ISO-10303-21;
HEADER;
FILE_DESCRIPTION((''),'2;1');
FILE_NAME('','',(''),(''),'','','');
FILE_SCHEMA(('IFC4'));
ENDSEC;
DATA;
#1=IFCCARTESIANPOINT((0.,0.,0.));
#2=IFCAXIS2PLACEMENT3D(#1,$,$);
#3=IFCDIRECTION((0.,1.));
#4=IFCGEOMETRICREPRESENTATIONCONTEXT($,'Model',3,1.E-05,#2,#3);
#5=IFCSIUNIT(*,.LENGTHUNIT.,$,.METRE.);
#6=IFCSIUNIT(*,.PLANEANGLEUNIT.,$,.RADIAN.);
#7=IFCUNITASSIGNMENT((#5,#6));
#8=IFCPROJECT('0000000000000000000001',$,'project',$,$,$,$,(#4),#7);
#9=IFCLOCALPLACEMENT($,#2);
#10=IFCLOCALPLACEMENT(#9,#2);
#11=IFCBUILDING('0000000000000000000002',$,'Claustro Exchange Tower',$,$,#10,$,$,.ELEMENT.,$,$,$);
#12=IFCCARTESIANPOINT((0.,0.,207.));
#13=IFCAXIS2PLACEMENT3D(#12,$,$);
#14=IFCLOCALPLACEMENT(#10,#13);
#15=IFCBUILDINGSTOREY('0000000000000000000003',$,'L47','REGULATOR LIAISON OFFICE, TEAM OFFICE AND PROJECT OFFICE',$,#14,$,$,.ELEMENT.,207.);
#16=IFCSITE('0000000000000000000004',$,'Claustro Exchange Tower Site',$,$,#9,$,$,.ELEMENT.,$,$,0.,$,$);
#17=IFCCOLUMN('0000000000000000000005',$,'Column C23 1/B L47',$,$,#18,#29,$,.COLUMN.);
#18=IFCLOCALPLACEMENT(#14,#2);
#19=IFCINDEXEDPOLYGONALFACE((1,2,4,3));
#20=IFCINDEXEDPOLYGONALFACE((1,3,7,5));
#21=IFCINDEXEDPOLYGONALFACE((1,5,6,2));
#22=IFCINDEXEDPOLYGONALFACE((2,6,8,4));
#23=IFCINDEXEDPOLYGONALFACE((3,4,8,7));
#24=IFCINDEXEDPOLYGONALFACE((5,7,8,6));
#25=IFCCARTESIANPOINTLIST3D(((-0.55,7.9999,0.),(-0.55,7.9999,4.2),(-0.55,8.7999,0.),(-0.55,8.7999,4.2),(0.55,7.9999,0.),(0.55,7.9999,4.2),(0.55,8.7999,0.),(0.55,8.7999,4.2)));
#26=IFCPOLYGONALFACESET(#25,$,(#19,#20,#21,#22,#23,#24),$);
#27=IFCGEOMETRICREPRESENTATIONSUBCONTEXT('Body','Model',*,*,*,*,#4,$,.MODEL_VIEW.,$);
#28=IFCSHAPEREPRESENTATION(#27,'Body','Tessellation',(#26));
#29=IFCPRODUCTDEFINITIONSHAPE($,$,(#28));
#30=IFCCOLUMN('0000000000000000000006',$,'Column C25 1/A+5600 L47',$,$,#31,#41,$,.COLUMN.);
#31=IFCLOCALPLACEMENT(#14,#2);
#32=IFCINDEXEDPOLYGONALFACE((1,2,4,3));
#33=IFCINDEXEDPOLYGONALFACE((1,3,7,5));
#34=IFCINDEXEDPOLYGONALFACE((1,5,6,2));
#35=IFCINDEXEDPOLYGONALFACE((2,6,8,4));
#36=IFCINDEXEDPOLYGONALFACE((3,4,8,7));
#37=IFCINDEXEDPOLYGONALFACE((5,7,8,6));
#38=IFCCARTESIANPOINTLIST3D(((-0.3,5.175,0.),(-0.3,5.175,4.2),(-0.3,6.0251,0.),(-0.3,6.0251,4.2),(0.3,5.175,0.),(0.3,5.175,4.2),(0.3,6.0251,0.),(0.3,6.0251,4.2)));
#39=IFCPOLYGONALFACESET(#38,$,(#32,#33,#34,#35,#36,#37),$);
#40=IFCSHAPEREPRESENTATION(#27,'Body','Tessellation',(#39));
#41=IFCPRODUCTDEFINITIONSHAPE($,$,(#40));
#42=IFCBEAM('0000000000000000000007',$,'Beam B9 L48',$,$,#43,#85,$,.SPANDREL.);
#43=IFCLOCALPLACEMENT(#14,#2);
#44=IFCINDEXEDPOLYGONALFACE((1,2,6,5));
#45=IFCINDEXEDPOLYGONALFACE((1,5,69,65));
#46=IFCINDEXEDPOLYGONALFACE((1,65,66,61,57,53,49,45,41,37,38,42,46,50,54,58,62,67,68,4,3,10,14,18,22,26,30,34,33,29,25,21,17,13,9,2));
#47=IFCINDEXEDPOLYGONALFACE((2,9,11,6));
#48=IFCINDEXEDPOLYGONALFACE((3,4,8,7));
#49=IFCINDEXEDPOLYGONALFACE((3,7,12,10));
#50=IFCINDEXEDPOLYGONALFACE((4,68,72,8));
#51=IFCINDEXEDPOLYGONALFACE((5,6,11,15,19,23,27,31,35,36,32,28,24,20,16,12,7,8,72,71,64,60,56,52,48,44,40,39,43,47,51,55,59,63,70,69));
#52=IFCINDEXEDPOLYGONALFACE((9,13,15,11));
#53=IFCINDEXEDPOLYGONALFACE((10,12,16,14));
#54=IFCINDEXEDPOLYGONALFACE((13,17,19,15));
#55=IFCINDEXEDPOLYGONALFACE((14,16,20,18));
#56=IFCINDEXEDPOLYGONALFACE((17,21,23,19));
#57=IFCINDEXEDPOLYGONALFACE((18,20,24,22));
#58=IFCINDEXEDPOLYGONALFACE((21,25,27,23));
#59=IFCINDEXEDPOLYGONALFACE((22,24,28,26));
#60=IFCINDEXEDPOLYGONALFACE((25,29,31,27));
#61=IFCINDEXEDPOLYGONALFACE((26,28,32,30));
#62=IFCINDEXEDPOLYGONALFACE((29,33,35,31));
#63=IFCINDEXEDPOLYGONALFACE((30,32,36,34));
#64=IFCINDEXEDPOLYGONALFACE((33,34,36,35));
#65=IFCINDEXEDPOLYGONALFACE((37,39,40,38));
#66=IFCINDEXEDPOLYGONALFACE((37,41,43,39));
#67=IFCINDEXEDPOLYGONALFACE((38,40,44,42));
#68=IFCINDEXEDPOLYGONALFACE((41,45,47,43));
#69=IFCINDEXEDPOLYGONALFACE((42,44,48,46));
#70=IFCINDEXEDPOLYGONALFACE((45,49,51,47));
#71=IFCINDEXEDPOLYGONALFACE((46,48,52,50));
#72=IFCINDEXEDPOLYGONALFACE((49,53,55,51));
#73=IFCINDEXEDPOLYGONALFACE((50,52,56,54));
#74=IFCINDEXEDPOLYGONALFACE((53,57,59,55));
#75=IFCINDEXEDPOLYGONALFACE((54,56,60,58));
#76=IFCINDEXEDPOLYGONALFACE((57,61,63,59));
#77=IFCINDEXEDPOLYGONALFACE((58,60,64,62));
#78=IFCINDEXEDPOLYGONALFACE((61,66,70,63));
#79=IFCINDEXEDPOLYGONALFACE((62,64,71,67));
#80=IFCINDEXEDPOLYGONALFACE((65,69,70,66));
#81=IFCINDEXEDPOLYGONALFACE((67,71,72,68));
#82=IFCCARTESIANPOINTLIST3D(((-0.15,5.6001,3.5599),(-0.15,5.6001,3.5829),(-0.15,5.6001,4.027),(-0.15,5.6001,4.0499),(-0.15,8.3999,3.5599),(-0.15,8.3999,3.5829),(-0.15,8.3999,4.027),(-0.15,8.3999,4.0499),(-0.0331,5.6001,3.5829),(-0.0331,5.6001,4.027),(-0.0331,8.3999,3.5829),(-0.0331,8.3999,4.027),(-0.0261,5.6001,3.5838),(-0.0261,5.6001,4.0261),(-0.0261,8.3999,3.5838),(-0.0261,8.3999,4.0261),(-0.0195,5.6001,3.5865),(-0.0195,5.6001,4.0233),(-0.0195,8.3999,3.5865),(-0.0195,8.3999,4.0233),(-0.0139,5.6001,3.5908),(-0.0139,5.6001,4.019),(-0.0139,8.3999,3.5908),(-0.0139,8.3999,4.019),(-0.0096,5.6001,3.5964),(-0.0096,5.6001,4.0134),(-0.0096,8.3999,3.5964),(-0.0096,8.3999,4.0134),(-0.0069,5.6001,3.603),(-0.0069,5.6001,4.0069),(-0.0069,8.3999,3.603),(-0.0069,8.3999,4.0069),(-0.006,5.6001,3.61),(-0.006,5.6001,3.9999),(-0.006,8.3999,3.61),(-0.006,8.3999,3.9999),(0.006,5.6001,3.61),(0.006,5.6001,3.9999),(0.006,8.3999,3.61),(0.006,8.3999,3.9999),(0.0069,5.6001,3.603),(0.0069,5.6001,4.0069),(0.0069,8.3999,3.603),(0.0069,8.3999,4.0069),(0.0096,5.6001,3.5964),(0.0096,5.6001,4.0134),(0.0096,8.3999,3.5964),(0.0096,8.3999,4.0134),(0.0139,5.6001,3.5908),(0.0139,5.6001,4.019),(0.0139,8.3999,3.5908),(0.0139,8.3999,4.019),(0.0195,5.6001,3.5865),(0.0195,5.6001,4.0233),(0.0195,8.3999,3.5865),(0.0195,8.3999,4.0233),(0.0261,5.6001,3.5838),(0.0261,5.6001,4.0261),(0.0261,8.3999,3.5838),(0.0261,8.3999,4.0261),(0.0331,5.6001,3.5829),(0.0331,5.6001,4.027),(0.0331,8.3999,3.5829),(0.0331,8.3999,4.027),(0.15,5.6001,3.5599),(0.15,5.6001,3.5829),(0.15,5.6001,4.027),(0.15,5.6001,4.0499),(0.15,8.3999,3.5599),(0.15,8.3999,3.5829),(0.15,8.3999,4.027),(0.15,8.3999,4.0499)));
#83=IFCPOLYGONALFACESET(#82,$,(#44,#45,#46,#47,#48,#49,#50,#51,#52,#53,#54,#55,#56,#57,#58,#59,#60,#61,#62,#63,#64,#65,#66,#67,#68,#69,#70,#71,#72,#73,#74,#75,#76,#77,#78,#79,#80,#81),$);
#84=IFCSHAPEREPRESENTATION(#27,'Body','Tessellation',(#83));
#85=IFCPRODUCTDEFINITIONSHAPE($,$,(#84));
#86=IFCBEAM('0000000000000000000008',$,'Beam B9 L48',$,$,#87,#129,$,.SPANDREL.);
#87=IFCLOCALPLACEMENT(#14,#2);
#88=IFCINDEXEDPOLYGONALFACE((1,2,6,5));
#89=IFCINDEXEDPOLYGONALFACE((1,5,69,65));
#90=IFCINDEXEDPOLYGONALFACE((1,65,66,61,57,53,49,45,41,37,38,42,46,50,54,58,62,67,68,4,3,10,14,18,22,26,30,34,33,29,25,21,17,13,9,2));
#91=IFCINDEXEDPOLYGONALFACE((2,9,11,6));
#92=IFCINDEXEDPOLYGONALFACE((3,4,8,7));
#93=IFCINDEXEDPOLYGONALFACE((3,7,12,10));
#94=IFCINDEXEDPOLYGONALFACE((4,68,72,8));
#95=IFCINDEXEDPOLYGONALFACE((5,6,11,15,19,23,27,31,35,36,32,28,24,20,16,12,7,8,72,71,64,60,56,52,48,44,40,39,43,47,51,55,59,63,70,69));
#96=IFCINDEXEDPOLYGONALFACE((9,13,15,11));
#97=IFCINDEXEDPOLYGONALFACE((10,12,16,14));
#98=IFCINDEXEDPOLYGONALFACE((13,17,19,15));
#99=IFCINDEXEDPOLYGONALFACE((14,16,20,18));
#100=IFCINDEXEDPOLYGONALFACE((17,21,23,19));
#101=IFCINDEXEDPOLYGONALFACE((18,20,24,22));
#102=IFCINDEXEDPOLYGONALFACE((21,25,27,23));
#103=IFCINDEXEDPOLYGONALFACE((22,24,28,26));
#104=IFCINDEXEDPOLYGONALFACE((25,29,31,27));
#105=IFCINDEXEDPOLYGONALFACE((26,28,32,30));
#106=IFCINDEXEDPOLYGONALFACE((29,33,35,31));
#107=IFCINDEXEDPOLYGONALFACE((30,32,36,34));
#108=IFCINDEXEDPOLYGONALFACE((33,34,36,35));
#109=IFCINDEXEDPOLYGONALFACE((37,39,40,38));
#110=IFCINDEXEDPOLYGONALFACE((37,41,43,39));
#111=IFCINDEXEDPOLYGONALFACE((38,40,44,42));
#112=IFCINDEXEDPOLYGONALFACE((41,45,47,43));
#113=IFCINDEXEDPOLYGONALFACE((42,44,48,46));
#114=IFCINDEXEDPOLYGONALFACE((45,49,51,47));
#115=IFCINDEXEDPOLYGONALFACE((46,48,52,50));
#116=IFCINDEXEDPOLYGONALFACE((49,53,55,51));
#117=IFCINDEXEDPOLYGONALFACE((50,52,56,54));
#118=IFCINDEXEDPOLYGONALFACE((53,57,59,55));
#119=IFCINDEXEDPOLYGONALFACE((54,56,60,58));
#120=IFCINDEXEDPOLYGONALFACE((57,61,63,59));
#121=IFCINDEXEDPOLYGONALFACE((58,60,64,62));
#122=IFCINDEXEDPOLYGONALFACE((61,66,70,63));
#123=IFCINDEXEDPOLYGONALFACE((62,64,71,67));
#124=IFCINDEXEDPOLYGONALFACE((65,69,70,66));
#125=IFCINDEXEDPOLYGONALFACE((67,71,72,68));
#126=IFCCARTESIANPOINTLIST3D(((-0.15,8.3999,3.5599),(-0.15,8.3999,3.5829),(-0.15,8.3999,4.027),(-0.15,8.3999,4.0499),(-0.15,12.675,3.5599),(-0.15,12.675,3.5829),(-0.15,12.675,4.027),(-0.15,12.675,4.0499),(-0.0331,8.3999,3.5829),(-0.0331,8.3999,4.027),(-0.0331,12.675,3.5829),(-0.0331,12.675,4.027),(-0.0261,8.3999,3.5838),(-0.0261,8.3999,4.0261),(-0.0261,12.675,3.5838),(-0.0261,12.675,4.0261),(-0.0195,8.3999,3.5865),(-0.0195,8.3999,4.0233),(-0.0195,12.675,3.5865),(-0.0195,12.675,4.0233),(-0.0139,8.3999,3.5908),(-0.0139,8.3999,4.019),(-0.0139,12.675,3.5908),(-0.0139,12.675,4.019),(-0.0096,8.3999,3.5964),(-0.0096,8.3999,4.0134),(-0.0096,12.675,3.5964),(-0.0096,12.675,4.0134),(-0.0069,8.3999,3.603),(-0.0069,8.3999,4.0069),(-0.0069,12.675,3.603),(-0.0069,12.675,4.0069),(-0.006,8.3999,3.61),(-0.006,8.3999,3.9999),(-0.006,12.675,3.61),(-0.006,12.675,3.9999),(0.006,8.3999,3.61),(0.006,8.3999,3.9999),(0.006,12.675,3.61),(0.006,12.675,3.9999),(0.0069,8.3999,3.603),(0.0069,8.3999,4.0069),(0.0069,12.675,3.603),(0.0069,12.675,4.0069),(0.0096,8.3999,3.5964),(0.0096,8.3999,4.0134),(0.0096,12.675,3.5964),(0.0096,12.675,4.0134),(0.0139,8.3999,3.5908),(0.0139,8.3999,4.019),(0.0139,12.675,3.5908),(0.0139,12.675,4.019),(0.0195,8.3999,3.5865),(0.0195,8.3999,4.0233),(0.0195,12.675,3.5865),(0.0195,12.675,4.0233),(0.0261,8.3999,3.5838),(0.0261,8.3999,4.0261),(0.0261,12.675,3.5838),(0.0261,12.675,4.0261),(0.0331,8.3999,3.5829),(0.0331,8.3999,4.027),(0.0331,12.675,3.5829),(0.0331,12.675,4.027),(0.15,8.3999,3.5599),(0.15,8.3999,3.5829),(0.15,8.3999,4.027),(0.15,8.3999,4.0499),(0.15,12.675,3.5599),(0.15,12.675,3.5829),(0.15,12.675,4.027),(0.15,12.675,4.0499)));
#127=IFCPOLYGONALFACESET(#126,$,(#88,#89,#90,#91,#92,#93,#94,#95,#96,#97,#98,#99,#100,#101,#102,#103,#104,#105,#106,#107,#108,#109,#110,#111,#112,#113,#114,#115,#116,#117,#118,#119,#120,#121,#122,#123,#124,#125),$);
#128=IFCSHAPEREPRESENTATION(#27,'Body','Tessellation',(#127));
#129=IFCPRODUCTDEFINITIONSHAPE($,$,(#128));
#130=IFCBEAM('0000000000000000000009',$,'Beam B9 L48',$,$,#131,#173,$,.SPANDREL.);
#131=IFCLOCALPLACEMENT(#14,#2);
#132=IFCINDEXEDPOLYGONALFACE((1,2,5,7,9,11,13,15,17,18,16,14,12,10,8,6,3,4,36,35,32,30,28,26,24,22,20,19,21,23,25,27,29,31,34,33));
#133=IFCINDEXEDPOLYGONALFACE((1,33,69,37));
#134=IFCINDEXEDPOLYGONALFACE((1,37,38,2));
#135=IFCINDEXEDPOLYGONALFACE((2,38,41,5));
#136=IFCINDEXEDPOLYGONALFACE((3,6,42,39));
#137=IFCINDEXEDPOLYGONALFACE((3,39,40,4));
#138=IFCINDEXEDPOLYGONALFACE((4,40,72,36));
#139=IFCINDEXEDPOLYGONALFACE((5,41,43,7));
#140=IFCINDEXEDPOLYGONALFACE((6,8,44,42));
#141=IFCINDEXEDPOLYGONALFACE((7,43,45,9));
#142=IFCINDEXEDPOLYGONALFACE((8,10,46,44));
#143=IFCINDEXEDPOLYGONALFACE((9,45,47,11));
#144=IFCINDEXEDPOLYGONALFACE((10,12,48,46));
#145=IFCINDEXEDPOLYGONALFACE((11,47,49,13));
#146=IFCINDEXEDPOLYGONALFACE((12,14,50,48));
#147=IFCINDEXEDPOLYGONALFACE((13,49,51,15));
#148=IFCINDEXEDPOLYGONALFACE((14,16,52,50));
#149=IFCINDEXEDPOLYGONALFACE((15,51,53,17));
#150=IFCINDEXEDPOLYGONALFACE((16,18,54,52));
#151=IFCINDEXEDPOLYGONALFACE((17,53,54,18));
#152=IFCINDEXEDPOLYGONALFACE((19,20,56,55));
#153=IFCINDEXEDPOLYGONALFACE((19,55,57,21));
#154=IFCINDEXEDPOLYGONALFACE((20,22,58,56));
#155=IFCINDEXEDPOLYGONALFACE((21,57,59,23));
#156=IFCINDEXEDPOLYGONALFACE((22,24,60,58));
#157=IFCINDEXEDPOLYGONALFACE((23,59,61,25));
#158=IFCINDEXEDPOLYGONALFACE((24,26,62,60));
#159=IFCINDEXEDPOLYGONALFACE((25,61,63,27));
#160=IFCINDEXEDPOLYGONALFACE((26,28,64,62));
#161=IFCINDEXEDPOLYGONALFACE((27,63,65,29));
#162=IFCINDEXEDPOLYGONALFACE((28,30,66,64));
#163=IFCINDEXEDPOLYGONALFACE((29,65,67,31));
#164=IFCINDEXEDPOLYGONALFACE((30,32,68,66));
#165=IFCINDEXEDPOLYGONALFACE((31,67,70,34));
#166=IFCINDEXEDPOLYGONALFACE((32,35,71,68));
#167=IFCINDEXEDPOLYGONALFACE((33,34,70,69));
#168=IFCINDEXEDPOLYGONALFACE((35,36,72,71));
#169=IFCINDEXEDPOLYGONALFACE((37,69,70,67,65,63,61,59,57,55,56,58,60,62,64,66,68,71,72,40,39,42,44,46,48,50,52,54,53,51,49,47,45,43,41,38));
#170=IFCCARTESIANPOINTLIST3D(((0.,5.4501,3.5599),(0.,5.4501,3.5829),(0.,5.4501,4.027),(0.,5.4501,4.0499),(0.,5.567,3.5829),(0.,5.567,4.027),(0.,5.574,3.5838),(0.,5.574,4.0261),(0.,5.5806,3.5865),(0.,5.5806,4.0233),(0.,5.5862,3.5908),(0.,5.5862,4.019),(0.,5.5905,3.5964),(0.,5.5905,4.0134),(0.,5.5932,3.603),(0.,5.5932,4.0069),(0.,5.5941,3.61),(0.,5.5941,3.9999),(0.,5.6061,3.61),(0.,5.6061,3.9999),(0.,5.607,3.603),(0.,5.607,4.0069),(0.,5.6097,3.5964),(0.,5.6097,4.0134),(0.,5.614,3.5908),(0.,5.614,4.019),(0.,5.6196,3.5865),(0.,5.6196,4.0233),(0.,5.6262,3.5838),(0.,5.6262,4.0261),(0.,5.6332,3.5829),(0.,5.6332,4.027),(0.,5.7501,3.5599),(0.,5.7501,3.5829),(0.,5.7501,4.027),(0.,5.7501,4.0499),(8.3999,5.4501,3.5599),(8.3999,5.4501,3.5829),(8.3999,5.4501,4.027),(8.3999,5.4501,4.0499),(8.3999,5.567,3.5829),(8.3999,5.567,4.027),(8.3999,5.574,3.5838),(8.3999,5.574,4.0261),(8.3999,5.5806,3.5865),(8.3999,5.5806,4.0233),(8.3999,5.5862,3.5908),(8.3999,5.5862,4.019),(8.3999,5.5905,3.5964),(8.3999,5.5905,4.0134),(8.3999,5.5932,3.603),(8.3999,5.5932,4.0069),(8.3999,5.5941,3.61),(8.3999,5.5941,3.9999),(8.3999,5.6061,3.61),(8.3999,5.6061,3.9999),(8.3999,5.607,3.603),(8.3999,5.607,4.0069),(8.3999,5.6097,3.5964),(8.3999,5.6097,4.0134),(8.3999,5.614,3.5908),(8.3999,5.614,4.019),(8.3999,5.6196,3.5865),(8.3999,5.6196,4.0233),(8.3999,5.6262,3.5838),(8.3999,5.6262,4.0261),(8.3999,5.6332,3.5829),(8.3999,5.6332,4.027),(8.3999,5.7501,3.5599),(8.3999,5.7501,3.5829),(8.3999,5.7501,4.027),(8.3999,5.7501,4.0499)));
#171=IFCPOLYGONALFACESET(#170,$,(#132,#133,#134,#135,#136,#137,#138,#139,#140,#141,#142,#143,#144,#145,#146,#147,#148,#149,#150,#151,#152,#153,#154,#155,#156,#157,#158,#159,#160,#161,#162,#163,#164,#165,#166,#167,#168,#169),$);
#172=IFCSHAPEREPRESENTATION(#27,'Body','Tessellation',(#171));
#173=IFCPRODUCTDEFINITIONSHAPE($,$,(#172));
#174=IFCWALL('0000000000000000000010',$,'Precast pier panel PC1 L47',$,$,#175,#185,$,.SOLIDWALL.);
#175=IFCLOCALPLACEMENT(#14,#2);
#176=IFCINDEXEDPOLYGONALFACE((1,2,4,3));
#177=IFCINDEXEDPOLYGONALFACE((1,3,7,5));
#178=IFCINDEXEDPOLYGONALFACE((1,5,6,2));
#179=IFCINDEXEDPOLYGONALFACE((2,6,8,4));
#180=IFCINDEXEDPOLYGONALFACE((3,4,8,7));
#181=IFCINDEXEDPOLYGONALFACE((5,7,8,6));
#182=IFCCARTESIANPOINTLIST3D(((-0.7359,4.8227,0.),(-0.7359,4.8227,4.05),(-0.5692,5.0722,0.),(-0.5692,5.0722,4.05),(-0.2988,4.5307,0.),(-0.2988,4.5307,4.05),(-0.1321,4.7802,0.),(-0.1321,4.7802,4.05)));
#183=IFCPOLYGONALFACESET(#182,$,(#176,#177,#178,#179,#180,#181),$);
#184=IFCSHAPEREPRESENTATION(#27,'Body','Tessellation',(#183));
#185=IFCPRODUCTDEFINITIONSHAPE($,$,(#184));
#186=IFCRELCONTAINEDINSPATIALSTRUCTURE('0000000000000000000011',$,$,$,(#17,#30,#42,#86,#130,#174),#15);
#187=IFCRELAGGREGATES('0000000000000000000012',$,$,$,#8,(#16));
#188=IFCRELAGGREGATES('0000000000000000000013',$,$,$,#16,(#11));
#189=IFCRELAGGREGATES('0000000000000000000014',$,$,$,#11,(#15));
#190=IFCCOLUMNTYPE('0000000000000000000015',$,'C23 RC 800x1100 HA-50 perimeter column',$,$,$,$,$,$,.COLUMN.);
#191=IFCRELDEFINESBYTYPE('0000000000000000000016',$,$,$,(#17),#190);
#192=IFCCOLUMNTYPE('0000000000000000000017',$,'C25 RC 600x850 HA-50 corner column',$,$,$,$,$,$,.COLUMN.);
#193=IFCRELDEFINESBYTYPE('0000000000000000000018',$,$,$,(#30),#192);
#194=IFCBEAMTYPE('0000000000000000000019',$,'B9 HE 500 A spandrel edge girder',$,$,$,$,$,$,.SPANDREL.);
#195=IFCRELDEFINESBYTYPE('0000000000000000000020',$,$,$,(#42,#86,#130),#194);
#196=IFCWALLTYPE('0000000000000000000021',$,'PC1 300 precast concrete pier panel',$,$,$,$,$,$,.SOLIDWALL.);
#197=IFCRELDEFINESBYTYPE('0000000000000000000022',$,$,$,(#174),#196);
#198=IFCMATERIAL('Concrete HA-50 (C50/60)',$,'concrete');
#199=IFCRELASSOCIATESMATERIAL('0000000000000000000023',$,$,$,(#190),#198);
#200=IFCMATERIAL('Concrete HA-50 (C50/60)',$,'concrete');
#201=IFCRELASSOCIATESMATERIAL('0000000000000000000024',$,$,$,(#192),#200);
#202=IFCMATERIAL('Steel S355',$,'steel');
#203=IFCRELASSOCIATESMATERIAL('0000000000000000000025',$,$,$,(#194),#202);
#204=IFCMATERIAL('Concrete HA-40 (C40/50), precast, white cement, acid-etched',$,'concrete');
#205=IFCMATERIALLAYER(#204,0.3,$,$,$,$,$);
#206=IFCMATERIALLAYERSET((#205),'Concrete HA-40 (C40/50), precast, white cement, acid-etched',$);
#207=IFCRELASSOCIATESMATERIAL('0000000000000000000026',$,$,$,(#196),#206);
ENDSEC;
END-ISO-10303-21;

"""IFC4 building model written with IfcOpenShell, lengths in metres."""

from ifc_helpers import new_model, si_unit, direction, frame, frame_2d, origin, origin_2d, place, context, subcontext, project, spatial, rectangle, i_section, extrude, material, layer, layer_set, material_profile, profile_set, type_object, element, save


model = new_model("IFC4")

# Units and contexts
model_context = context("Model", 3, precision=1e-05, world=origin(), true_north=direction((0.0, 1.0)))
body_context = subcontext(model_context, "Body", "Model", "MODEL_VIEW")
ifc_project = project(units=[si_unit("LENGTHUNIT", "METRE"), si_unit("PLANEANGLEUNIT", "RADIAN")], contexts=[model_context])

# Site, building, storey
site_placement = place(None, origin())
site = spatial("IfcSite", under=ifc_project, at=site_placement, Name="Claustro Exchange Tower Site", CompositionType="ELEMENT", RefElevation=0.0)
building_placement = place(site_placement, origin())
building = spatial("IfcBuilding", under=site, at=building_placement, Name="Claustro Exchange Tower", CompositionType="ELEMENT")
storey_placement = place(building_placement, frame((0.0, 0.0, 207.0)))
storey = spatial("IfcBuildingStorey", under=building, at=storey_placement, Name="L47", Description="REGULATOR LIAISON OFFICE, TEAM OFFICE AND PROJECT OFFICE", CompositionType="ELEMENT", Elevation=207.0)

# Columns
ifc_material_1 = material(Name="Concrete HA-50 (C50/60)", Category="concrete")
ifc_material_profile_1 = material_profile(ifc_material_1, rectangle(XDim=0.8, YDim=1.1001, at=origin_2d()), Name="RC 800x1100")
ifc_profile_set_1 = profile_set([ifc_material_profile_1], Name="Concrete HA-50 (C50/60)")
column_type_1 = type_object("IfcColumnType", Name="C23 RC 800x1100 HA-50 perimeter column", PredefinedType="COLUMN", material=ifc_profile_set_1)
column_1_placement = place(storey_placement, frame((0.0, 8.3999, 0.0), z_axis=(0.0, 0.0, 1.0), x_axis=(0.0, 1.0, 0.0)))
element("IfcColumn", 1, at=column_1_placement, inside=storey, type_object=column_type_1, Name="Column C23 1/B L47", PredefinedType="COLUMN", context=body_context, shape_type="SweptSolid", body=[
    extrude(rectangle(XDim=0.8, YDim=1.1001, at=origin_2d()), origin(), (0.0, 0.0, 1.0), 4.2),
])
ifc_material_2 = material(Name="Concrete HA-50 (C50/60)", Category="concrete")
ifc_material_profile_2 = material_profile(ifc_material_2, rectangle(XDim=0.6001, YDim=0.8501, at=origin_2d()), Name="RC 600x850")
ifc_profile_set_2 = profile_set([ifc_material_profile_2], Name="Concrete HA-50 (C50/60)")
column_type_2 = type_object("IfcColumnType", Name="C25 RC 600x850 HA-50 corner column", PredefinedType="COLUMN", material=ifc_profile_set_2)
column_2_placement = place(storey_placement, frame((0.0, 5.6001, 0.0), z_axis=(0.0, 0.0, 1.0), x_axis=(1.0, 0.0, 0.0)))
element("IfcColumn", 2, at=column_2_placement, inside=storey, type_object=column_type_2, Name="Column C25 1/A+5600 L47", PredefinedType="COLUMN", context=body_context, shape_type="SweptSolid", body=[
    extrude(rectangle(XDim=0.6001, YDim=0.8501, at=origin_2d()), origin(), (0.0, 0.0, 1.0), 4.2),
])

# Beams
ifc_material_3 = material(Name="Steel S355", Category="steel")
ifc_material_profile_3 = material_profile(ifc_material_3, i_section(OverallWidth=0.3, OverallDepth=0.49, WebThickness=0.012, FlangeThickness=0.0229, FilletRadius=0.0271, at=origin_2d()), Name="HE 500 A")
ifc_profile_set_3 = profile_set([ifc_material_profile_3], Name="Steel S355")
beam_type = type_object("IfcBeamType", Name="B9 HE 500 A spandrel edge girder", PredefinedType="SPANDREL", material=ifc_profile_set_3)
beam_1_placement = place(storey_placement, frame((0.0, 5.6001, 3.8049), z_axis=(0.0, 1.0, 0.0), x_axis=(-1.0, 0.0, 0.0)))
element("IfcBeam", 3, at=beam_1_placement, inside=storey, type_object=beam_type, Name="Beam B9 L48", PredefinedType="SPANDREL", context=body_context, shape_type="SweptSolid", body=[
    extrude(i_section(OverallWidth=0.3, OverallDepth=0.49, WebThickness=0.012, FlangeThickness=0.0229, FilletRadius=0.0271, at=origin_2d()), origin(), (0.0, 0.0, 1.0), 2.7998),
])
beam_2_placement = place(storey_placement, frame((0.0, 8.3999, 3.8049), z_axis=(0.0, 1.0, 0.0), x_axis=(-1.0, 0.0, 0.0)))
element("IfcBeam", 4, at=beam_2_placement, inside=storey, type_object=beam_type, Name="Beam B9 L48", PredefinedType="SPANDREL", context=body_context, shape_type="SweptSolid", body=[
    extrude(i_section(OverallWidth=0.3, OverallDepth=0.49, WebThickness=0.012, FlangeThickness=0.0229, FilletRadius=0.0271, at=origin_2d()), origin(), (0.0, 0.0, 1.0), 4.2751),
])
beam_3_placement = place(storey_placement, frame((0.0, 5.6001, 3.8049), z_axis=(1.0, 0.0, 0.0), x_axis=(0.0, 1.0, 0.0)))
element("IfcBeam", 5, at=beam_3_placement, inside=storey, type_object=beam_type, Name="Beam B9 L48", PredefinedType="SPANDREL", context=body_context, shape_type="SweptSolid", body=[
    extrude(i_section(OverallWidth=0.3, OverallDepth=0.49, WebThickness=0.012, FlangeThickness=0.0229, FilletRadius=0.0271, at=origin_2d()), origin(), (0.0, 0.0, 1.0), 8.3999),
])

# Wall
ifc_material_4 = material(Name="Concrete HA-40 (C40/50), precast, white cement, acid-etched", Category="concrete")
ifc_layer_1 = layer(ifc_material_4, 0.3)
ifc_layer_set_1 = layer_set([ifc_layer_1], Name="Concrete HA-40 (C40/50), precast, white cement, acid-etched")
wall_type_1 = type_object("IfcWallType", Name="PC1 300 precast concrete pier panel", PredefinedType="SOLIDWALL", material=ifc_layer_set_1)
for number, where, z_axis, x_axis, name in (
    (6, (-0.2156, 4.6555, 0.0), (0.0, 0.0, 1.0), (-0.831478, 0.555557, 0.0), "Precast pier panel PC1 L47"),
):
    element("IfcWall", number, at=place(storey_placement, frame(where, z_axis=z_axis, x_axis=x_axis)), inside=storey, type_object=wall_type_1, Name=name, PredefinedType="SOLIDWALL", context=body_context, shape_type="SweptSolid", body=[
        extrude(rectangle(XDim=0.5256, YDim=0.3, at=frame_2d((0.2627, 0.0))), origin(), (0.0, 0.0, 1.0), 4.05),
    ])

save(model, "model.ifc")
